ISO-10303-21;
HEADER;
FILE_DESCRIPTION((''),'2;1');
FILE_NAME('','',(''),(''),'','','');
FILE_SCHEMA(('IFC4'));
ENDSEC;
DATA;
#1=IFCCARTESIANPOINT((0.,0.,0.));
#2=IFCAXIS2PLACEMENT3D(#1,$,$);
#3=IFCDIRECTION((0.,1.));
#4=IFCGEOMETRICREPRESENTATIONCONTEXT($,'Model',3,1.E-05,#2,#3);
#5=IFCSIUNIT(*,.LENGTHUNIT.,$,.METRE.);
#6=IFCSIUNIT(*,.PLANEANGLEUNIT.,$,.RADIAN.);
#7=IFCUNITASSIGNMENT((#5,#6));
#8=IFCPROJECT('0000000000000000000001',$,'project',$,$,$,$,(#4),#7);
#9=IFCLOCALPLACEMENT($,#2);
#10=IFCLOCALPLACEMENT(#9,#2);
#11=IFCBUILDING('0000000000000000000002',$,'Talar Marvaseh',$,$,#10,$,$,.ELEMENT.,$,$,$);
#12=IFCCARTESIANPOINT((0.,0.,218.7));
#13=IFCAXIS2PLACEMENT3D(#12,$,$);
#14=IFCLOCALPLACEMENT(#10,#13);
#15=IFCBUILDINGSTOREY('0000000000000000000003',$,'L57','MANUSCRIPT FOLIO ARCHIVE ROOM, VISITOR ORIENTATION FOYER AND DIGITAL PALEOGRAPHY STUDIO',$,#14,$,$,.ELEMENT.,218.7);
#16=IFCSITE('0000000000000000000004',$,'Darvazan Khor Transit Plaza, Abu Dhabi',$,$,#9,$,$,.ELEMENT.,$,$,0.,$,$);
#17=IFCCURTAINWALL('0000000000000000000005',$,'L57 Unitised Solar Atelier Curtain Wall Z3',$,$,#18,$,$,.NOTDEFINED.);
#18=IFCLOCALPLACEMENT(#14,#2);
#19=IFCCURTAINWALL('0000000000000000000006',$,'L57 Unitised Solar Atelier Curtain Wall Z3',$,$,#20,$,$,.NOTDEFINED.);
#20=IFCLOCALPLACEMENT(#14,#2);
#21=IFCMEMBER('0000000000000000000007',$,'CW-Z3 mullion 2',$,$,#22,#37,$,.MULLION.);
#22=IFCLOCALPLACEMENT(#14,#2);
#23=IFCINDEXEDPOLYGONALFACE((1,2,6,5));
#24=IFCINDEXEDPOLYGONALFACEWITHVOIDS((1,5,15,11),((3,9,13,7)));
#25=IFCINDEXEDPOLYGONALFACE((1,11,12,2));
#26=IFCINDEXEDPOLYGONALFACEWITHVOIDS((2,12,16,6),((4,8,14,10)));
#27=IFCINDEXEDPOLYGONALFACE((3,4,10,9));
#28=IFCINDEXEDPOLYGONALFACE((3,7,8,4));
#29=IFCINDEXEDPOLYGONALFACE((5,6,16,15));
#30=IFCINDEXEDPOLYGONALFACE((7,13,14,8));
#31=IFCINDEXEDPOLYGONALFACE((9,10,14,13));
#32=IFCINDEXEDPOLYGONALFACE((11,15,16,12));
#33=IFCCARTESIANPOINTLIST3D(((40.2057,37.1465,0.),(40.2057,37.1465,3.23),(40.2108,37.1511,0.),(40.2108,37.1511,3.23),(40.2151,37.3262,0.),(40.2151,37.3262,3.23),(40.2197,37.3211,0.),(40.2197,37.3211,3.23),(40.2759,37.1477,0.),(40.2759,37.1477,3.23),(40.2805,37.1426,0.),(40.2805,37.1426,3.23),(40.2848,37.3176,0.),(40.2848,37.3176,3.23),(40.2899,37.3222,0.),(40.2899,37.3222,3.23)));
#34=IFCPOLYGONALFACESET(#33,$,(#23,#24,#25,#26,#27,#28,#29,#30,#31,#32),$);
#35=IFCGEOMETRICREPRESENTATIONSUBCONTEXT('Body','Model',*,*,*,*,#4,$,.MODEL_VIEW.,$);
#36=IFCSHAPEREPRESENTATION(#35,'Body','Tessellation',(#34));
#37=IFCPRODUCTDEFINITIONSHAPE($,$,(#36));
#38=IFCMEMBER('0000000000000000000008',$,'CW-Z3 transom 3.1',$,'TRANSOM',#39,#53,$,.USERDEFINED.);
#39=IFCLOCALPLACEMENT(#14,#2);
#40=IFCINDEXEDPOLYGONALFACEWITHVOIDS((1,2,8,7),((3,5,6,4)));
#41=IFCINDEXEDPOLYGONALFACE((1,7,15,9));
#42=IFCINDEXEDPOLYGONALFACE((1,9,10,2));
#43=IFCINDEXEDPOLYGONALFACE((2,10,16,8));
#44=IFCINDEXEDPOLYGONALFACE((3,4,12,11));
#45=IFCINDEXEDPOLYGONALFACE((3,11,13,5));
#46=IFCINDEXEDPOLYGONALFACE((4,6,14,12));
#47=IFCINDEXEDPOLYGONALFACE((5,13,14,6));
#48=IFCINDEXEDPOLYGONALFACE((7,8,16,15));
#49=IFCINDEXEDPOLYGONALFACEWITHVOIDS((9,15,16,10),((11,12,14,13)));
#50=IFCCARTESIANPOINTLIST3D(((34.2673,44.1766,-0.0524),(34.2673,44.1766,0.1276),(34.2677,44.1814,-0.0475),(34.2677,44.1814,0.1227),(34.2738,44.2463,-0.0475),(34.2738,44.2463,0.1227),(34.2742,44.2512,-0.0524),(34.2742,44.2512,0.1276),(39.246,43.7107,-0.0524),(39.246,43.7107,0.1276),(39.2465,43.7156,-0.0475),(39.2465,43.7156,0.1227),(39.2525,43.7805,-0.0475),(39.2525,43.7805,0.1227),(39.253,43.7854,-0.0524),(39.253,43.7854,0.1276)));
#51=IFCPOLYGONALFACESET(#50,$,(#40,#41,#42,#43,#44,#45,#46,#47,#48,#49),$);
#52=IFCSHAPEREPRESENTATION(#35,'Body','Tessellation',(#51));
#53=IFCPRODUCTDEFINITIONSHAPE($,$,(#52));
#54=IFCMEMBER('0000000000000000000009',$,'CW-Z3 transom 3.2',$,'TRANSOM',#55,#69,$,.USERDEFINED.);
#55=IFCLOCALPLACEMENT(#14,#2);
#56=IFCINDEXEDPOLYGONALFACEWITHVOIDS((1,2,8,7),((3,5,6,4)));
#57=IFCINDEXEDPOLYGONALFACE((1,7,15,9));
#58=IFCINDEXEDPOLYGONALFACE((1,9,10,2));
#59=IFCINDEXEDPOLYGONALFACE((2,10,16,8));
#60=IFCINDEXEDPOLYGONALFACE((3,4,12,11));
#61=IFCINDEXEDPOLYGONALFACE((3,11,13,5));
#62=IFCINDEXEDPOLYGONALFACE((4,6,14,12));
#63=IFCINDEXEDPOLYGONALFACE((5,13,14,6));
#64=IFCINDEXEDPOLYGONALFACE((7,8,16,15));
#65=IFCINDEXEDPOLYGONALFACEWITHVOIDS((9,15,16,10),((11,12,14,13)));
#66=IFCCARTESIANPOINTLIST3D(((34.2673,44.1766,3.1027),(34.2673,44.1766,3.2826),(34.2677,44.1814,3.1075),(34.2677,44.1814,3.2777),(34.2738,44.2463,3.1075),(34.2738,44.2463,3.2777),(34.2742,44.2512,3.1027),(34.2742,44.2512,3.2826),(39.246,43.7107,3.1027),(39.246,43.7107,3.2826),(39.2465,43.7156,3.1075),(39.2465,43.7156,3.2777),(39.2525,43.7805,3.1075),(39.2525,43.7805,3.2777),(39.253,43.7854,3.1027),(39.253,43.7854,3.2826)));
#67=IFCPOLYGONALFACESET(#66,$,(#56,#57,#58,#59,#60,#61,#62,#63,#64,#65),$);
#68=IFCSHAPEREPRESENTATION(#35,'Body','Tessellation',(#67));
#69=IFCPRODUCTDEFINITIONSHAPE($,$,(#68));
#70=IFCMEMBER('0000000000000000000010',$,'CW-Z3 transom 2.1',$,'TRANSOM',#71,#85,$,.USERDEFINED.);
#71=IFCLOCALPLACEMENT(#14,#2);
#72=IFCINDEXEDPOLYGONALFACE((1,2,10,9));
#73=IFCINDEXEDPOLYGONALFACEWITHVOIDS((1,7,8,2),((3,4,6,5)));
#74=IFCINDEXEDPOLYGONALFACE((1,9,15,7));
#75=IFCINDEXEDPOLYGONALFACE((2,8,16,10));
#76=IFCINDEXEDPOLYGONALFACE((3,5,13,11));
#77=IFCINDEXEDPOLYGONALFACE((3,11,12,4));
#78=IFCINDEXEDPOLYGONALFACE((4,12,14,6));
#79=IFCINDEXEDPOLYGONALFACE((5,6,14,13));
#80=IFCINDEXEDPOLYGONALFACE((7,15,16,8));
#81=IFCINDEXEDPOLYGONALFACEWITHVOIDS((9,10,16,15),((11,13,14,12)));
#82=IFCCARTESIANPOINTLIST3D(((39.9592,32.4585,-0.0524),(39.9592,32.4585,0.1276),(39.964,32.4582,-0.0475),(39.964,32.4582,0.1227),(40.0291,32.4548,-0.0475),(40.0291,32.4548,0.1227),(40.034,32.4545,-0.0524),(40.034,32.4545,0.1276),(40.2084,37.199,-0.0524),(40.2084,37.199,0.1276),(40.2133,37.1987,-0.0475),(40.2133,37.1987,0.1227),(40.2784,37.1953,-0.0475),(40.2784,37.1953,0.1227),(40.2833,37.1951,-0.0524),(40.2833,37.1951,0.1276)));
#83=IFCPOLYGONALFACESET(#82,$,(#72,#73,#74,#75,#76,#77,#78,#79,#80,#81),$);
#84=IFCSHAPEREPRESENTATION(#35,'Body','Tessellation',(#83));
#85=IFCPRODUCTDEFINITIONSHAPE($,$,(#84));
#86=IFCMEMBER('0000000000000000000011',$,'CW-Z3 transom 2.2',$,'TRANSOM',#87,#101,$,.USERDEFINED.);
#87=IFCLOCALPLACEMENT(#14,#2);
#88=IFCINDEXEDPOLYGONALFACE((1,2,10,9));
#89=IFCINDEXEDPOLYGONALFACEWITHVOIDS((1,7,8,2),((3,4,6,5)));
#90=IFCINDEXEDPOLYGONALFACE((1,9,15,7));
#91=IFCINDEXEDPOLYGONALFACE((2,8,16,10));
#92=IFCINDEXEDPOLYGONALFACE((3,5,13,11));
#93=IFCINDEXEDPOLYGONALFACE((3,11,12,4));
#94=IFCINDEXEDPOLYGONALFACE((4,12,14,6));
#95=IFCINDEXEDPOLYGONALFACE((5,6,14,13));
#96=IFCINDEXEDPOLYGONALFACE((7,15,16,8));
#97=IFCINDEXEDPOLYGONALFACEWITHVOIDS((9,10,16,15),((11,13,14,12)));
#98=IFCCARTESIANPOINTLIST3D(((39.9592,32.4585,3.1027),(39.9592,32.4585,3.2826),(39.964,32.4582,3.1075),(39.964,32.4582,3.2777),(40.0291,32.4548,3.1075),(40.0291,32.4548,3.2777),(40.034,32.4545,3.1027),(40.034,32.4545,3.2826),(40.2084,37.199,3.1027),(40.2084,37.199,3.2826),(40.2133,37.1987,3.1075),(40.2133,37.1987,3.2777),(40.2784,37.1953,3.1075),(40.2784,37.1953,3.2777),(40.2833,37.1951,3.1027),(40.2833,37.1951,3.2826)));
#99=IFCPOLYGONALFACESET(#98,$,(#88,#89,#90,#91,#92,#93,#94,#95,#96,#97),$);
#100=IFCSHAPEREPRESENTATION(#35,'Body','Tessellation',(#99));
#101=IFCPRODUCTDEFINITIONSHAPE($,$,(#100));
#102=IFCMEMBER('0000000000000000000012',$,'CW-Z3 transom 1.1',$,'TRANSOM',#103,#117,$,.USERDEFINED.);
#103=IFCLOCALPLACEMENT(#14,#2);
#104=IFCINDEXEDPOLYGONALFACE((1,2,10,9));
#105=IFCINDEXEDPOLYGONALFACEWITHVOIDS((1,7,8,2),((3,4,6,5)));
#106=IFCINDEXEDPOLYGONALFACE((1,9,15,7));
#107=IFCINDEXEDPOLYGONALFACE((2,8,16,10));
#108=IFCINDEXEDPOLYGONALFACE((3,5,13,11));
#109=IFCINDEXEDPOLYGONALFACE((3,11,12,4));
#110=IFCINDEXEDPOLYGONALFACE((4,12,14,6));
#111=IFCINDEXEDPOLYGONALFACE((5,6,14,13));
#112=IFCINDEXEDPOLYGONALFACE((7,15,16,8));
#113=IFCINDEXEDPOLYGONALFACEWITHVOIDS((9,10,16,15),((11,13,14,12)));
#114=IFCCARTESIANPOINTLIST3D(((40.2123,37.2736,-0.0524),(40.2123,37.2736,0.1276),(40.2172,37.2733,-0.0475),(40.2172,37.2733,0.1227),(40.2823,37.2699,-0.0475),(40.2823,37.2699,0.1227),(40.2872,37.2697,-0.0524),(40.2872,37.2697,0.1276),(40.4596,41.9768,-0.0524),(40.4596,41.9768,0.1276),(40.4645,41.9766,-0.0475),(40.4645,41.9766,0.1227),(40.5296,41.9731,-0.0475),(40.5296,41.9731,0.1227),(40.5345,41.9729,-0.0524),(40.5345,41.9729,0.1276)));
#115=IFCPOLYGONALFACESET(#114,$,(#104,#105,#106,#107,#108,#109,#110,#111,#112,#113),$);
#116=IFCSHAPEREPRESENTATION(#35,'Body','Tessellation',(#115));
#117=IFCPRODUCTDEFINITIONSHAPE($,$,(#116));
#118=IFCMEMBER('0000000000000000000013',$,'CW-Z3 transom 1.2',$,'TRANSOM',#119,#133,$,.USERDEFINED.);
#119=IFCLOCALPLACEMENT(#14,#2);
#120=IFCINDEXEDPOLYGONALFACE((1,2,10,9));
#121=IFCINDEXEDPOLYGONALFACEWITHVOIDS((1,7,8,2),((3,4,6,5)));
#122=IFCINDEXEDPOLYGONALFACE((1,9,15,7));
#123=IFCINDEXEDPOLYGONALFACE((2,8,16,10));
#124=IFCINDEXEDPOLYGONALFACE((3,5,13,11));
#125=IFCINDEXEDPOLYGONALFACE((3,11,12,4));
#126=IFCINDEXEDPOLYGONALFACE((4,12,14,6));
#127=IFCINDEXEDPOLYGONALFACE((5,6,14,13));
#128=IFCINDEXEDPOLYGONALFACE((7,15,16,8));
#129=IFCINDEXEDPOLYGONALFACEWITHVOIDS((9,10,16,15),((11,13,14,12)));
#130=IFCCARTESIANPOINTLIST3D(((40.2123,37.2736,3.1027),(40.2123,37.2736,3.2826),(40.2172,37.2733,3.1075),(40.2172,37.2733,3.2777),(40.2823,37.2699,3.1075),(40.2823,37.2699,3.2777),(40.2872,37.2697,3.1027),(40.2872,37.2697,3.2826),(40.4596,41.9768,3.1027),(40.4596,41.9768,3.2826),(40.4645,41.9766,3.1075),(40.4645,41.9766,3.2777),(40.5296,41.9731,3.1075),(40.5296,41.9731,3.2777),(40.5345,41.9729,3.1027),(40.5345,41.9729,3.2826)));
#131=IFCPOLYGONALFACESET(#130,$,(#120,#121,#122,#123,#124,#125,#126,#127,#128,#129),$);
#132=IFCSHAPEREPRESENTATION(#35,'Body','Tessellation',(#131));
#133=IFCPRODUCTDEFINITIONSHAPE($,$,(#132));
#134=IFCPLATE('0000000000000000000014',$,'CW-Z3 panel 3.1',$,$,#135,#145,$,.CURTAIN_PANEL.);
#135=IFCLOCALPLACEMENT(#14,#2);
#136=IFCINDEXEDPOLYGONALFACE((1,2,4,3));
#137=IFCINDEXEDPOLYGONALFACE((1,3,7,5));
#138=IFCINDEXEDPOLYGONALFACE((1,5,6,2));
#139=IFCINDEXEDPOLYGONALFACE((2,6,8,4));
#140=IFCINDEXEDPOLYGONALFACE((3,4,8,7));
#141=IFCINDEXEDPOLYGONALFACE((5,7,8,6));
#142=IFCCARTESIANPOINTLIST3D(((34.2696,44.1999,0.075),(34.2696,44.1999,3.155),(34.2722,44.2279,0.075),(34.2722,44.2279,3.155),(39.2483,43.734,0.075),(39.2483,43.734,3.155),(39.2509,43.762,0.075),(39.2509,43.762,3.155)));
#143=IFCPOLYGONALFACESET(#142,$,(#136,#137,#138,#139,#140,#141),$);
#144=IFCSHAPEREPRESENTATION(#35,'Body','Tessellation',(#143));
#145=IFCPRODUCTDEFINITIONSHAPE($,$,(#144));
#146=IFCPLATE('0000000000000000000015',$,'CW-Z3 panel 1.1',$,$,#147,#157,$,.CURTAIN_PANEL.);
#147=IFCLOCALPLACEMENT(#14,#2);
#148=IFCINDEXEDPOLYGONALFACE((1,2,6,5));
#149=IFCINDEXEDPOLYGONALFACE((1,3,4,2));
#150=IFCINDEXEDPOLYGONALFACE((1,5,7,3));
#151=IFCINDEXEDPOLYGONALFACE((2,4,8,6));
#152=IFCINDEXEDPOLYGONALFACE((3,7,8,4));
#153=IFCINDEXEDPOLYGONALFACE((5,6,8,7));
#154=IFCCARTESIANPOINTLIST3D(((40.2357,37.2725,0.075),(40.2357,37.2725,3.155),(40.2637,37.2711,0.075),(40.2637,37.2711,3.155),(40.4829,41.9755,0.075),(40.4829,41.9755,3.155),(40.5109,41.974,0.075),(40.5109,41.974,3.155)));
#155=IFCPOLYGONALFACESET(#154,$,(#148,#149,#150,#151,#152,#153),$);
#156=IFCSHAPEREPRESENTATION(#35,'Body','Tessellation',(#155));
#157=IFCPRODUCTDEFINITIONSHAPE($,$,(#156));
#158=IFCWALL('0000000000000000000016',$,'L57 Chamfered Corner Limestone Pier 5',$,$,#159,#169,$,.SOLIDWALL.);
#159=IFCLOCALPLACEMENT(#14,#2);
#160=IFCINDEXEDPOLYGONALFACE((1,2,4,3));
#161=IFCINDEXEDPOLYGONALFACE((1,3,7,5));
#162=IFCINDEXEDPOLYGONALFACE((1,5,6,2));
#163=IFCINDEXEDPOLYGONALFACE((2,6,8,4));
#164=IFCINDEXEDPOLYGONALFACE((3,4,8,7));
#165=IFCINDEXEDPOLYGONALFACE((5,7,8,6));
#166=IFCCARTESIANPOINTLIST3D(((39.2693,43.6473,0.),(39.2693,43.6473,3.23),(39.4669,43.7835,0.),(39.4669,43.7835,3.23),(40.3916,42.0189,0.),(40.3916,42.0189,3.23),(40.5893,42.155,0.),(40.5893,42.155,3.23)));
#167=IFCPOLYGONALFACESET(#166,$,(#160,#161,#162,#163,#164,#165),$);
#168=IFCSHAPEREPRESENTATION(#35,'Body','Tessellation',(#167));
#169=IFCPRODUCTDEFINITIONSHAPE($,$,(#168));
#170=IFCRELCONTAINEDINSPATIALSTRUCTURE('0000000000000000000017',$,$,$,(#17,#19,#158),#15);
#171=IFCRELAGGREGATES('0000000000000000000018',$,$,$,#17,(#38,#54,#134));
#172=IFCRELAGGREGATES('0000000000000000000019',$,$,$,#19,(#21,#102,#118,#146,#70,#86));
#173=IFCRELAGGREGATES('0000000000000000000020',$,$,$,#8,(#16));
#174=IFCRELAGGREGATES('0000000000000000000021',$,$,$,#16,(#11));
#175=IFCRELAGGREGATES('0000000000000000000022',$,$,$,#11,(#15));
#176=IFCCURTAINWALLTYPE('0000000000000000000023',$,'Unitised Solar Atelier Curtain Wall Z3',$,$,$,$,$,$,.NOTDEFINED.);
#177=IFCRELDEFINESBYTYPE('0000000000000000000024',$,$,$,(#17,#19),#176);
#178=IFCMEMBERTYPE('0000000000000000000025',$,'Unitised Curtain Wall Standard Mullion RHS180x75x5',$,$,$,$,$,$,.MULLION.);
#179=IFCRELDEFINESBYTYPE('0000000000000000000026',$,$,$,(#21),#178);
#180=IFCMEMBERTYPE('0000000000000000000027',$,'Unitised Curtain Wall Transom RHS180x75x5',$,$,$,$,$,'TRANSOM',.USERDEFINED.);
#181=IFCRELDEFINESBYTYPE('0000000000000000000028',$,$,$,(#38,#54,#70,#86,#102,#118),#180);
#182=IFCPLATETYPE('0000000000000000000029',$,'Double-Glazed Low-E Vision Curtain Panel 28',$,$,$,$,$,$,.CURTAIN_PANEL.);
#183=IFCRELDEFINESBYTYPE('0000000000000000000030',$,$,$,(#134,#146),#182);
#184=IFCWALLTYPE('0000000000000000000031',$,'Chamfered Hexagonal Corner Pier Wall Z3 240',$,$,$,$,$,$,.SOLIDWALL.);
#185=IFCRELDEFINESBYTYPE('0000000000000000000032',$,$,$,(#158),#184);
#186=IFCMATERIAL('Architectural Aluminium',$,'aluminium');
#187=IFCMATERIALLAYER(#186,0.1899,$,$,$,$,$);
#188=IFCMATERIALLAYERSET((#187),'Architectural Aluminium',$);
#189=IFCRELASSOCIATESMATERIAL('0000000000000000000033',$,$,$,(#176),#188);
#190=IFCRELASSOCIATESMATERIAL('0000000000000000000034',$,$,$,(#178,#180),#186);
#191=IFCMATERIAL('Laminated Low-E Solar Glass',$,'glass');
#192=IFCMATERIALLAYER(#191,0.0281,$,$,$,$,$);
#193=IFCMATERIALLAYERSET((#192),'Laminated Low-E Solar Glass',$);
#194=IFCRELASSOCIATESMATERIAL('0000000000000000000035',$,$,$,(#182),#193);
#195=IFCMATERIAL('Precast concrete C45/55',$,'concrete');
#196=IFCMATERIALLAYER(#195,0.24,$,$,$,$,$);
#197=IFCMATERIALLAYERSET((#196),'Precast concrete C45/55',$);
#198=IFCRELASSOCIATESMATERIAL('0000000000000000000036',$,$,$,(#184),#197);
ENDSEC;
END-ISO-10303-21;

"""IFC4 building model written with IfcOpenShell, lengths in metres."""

from ifc_helpers import new_model, si_unit, direction, frame, frame_2d, origin, origin_2d, place, context, subcontext, project, spatial, rectangle, hollow_rectangle, extrude, source, transform, mapped, material, layer, layer_set, material_profile, profile_set, type_object, type_shapes, element, aggregate, save


model = new_model("IFC4")

# Units and contexts
model_context = context("Model", 3, precision=1e-05, world=origin(), true_north=direction((0.0, 1.0)))
body_context = subcontext(model_context, "Body", "Model", "MODEL_VIEW")
ifc_project = project(units=[si_unit("LENGTHUNIT", "METRE"), si_unit("PLANEANGLEUNIT", "RADIAN")], contexts=[model_context])

# Site, building, storey
site_placement = place(None, origin())
site = spatial("IfcSite", under=ifc_project, at=site_placement, Name="Darvazan Khor Transit Plaza, Abu Dhabi", CompositionType="ELEMENT", RefElevation=0.0)
building_placement = place(site_placement, origin())
building = spatial("IfcBuilding", under=site, at=building_placement, Name="Talar Marvaseh", CompositionType="ELEMENT")
storey_placement = place(building_placement, frame((0.0, 0.0, 218.7)))
storey = spatial("IfcBuildingStorey", under=building, at=storey_placement, Name="L57", Description="MANUSCRIPT FOLIO ARCHIVE ROOM, VISITOR ORIENTATION FOYER AND DIGITAL PALEOGRAPHY STUDIO", CompositionType="ELEMENT", Elevation=218.7)

# Curtain walls, member
ifc_material_1 = material(Name="Architectural Aluminium", Category="aluminium")
ifc_layer_1 = layer(ifc_material_1, 0.1899)
ifc_layer_set_1 = layer_set([ifc_layer_1], Name="Architectural Aluminium")
curtain_wall_type = type_object("IfcCurtainWallType", Name="Unitised Solar Atelier Curtain Wall Z3", PredefinedType="NOTDEFINED", material=ifc_layer_set_1)
curtain_wall_1_placement = place(storey_placement, origin())
curtain_wall_1 = element("IfcCurtainWall", 1, at=curtain_wall_1_placement, inside=storey, type_object=curtain_wall_type, Name="L57 Unitised Solar Atelier Curtain Wall Z3", PredefinedType="NOTDEFINED")
ifc_material_profile_1 = material_profile(ifc_material_1, hollow_rectangle(XDim=0.075, YDim=0.1799, WallThickness=0.0049, at=origin_2d()), Name="RHS180x75x5")
ifc_profile_set_1 = profile_set([ifc_material_profile_1], Name="Architectural Aluminium")
member_type_1 = type_object("IfcMemberType", Name="Unitised Curtain Wall Standard Mullion RHS180x75x5", PredefinedType="MULLION", material=ifc_profile_set_1)
shared_shape_1 = source(origin(), body_context, "Body", "SweptSolid", [
    extrude(hollow_rectangle(XDim=0.075, YDim=0.1799, WallThickness=0.0049, at=origin_2d()), origin(), (0.0, 0.0, 1.0), 3.23),
])
type_shapes(member_type_1, [shared_shape_1])
curtain_wall_2_placement = place(storey_placement, origin())
curtain_wall_2 = element("IfcCurtainWall", 2, at=curtain_wall_2_placement, inside=storey, type_object=curtain_wall_type, Name="L57 Unitised Solar Atelier Curtain Wall Z3", PredefinedType="NOTDEFINED")
member_1_placement = place(storey_placement, frame((40.2478, 37.2344, 0.0), z_axis=(0.0, 0.0, 1.0), x_axis=(0.998622, -0.052488, 0.0)))
member_1 = element("IfcMember", 3, at=member_1_placement, type_object=member_type_1, Name="CW-Z3 mullion 2", PredefinedType="MULLION", context=body_context, shape_type="MappedRepresentation", body=[
    mapped(shared_shape_1, transform((0.0, 0.0, 0.0), x_axis=(1.0, 0.0, 0.0), y_axis=(0.0, 1.0, 0.0), z_axis=(0.0, 0.0, 1.0), scale=1.0)),
])

# Members
ifc_material_profile_2 = material_profile(ifc_material_1, hollow_rectangle(XDim=0.075, YDim=0.1799, WallThickness=0.0049, at=origin_2d()), Name="RHS180x75x5")
ifc_profile_set_2 = profile_set([ifc_material_profile_2], Name="Architectural Aluminium")
member_type_2 = type_object("IfcMemberType", Name="Unitised Curtain Wall Transom RHS180x75x5", ElementType="TRANSOM", PredefinedType="USERDEFINED", material=ifc_profile_set_2)
shared_shape_2 = source(origin(), body_context, "Body", "SweptSolid", [
    extrude(hollow_rectangle(XDim=0.075, YDim=0.1799, WallThickness=0.0049, at=origin_2d()), origin(), (0.0, 0.0, 1.0), 5.0005),
])
member_2_placement = place(storey_placement, frame((34.2708, 44.2139, 0.0376), z_axis=(0.995652, -0.093155, 0.0), x_axis=(0.093155, 0.995652, 0.0)))
member_2 = element("IfcMember", 4, at=member_2_placement, type_object=member_type_2, Name="CW-Z3 transom 3.1", ObjectType="TRANSOM", PredefinedType="USERDEFINED", context=body_context, shape_type="MappedRepresentation", body=[
    mapped(shared_shape_2, transform((0.0, 0.0, 0.0), x_axis=(1.0, 0.0, 0.0), y_axis=(0.0, 1.0, 0.0), z_axis=(0.0, 0.0, 1.0), scale=1.0)),
])
member_3_placement = place(storey_placement, frame((34.2708, 44.2139, 3.1926), z_axis=(0.995652, -0.093155, 0.0), x_axis=(0.093155, 0.995652, 0.0)))
member_3 = element("IfcMember", 5, at=member_3_placement, type_object=member_type_2, Name="CW-Z3 transom 3.2", ObjectType="TRANSOM", PredefinedType="USERDEFINED", context=body_context, shape_type="MappedRepresentation", body=[
    mapped(shared_shape_2, transform((0.0, 0.0, 0.0), x_axis=(1.0, 0.0, 0.0), y_axis=(0.0, 1.0, 0.0), z_axis=(0.0, 0.0, 1.0), scale=1.0)),
])
shared_shape_3 = source(origin(), body_context, "Body", "SweptSolid", [
    extrude(hollow_rectangle(XDim=0.075, YDim=0.1799, WallThickness=0.0049, at=origin_2d()), origin(), (0.0, 0.0, 1.0), 4.7471),
])
member_4_placement = place(storey_placement, frame((40.2458, 37.197, 0.0376), z_axis=(-0.05251, -0.99862, 0.0), x_axis=(0.99862, -0.05251, 0.0)))
member_4 = element("IfcMember", 6, at=member_4_placement, type_object=member_type_2, Name="CW-Z3 transom 2.1", ObjectType="TRANSOM", PredefinedType="USERDEFINED", context=body_context, shape_type="MappedRepresentation", body=[
    mapped(shared_shape_3, transform((0.0, 0.0, 0.0), x_axis=(1.0, 0.0, 0.0), y_axis=(0.0, 1.0, 0.0), z_axis=(0.0, 0.0, 1.0), scale=1.0)),
])
member_5_placement = place(storey_placement, frame((40.2458, 37.197, 3.1926), z_axis=(-0.05251, -0.99862, 0.0), x_axis=(0.99862, -0.05251, 0.0)))
member_5 = element("IfcMember", 7, at=member_5_placement, type_object=member_type_2, Name="CW-Z3 transom 2.2", ObjectType="TRANSOM", PredefinedType="USERDEFINED", context=body_context, shape_type="MappedRepresentation", body=[
    mapped(shared_shape_3, transform((0.0, 0.0, 0.0), x_axis=(1.0, 0.0, 0.0), y_axis=(0.0, 1.0, 0.0), z_axis=(0.0, 0.0, 1.0), scale=1.0)),
])
shared_shape_4 = source(origin(), body_context, "Body", "SweptSolid", [
    extrude(hollow_rectangle(XDim=0.075, YDim=0.1799, WallThickness=0.0049, at=origin_2d()), origin(), (0.0, 0.0, 1.0), 4.7097),
])
type_shapes(member_type_2, [shared_shape_2, shared_shape_3, shared_shape_4])
member_6_placement = place(storey_placement, frame((40.4971, 41.9749, 0.0376), z_axis=(-0.052513, -0.99862, 0.0), x_axis=(0.99862, -0.052513, 0.0)))
member_6 = element("IfcMember", 8, at=member_6_placement, type_object=member_type_2, Name="CW-Z3 transom 1.1", ObjectType="TRANSOM", PredefinedType="USERDEFINED", context=body_context, shape_type="MappedRepresentation", body=[
    mapped(shared_shape_4, transform((0.0, 0.0, 0.0), x_axis=(1.0, 0.0, 0.0), y_axis=(0.0, 1.0, 0.0), z_axis=(0.0, 0.0, 1.0), scale=1.0)),
])
member_7_placement = place(storey_placement, frame((40.4971, 41.9749, 3.1926), z_axis=(-0.052513, -0.99862, 0.0), x_axis=(0.99862, -0.052513, 0.0)))
member_7 = element("IfcMember", 9, at=member_7_placement, type_object=member_type_2, Name="CW-Z3 transom 1.2", ObjectType="TRANSOM", PredefinedType="USERDEFINED", context=body_context, shape_type="MappedRepresentation", body=[
    mapped(shared_shape_4, transform((0.0, 0.0, 0.0), x_axis=(1.0, 0.0, 0.0), y_axis=(0.0, 1.0, 0.0), z_axis=(0.0, 0.0, 1.0), scale=1.0)),
])

# Plates
ifc_material_2 = material(Name="Laminated Low-E Solar Glass", Category="glass")
ifc_layer_2 = layer(ifc_material_2, 0.0281)
ifc_layer_set_2 = layer_set([ifc_layer_2], Name="Laminated Low-E Solar Glass")
plate_type = type_object("IfcPlateType", Name="Double-Glazed Low-E Vision Curtain Panel 28", PredefinedType="CURTAIN_PANEL", material=ifc_layer_set_2)
shared_shape_5 = source(origin(), body_context, "Body", "SweptSolid", [
    extrude(rectangle(XDim=5.0005, YDim=0.0281, at=origin_2d()), origin(), (0.0, 0.0, 1.0), 3.0801),
])
plate_1_placement = place(storey_placement, frame((36.7603, 43.981, 0.075), z_axis=(0.0, 0.0, 1.0), x_axis=(0.99565, -0.093174, 0.0)))
plate_1 = element("IfcPlate", 10, at=plate_1_placement, type_object=plate_type, Name="CW-Z3 panel 3.1", PredefinedType="CURTAIN_PANEL", context=body_context, shape_type="MappedRepresentation", body=[
    mapped(shared_shape_5, transform((0.0, 0.0, 0.0), x_axis=(1.0, 0.0, 0.0), y_axis=(0.0, 1.0, 0.0), z_axis=(0.0, 0.0, 1.0), scale=1.0)),
])
aggregate(curtain_wall_1, [member_2, member_3, plate_1])
shared_shape_6 = source(origin(), body_context, "Body", "SweptSolid", [
    extrude(rectangle(XDim=4.7095, YDim=0.0281, at=origin_2d()), origin(), (0.0, 0.0, 1.0), 3.0801),
])
type_shapes(plate_type, [shared_shape_5, shared_shape_6])
plate_2_placement = place(storey_placement, frame((40.3733, 39.6233, 0.075), z_axis=(0.0, 0.0, 1.0), x_axis=(-0.052488, -0.998622, 0.0)))
plate_2 = element("IfcPlate", 11, at=plate_2_placement, type_object=plate_type, Name="CW-Z3 panel 1.1", PredefinedType="CURTAIN_PANEL", context=body_context, shape_type="MappedRepresentation", body=[
    mapped(shared_shape_6, transform((0.0, 0.0, 0.0), x_axis=(1.0, 0.0, 0.0), y_axis=(0.0, 1.0, 0.0), z_axis=(0.0, 0.0, 1.0), scale=1.0)),
])
aggregate(curtain_wall_2, [member_1, member_6, member_7, plate_2, member_4, member_5])

# Wall
ifc_material_3 = material(Name="Precast concrete C45/55", Category="concrete")
ifc_layer_3 = layer(ifc_material_3, 0.24)
ifc_layer_set_3 = layer_set([ifc_layer_3], Name="Precast concrete C45/55")
wall_type_1 = type_object("IfcWallType", Name="Chamfered Hexagonal Corner Pier Wall Z3 240", PredefinedType="SOLIDWALL", material=ifc_layer_set_3)
wall_1_placement = place(storey_placement, frame((39.3682, 43.7153, 0.0), z_axis=(0.0, 0.0, 1.0), x_axis=(0.567482, -0.823386, 0.0)))
element("IfcWall", 12, at=wall_1_placement, inside=storey, type_object=wall_type_1, Name="L57 Chamfered Corner Limestone Pier 5", PredefinedType="SOLIDWALL", context=body_context, shape_type="SweptSolid", body=[
    extrude(rectangle(XDim=1.9778, YDim=0.24, at=frame_2d((0.9888, 0.0))), origin(), (0.0, 0.0, 1.0), 3.23),
])

save(model, "model.ifc")
